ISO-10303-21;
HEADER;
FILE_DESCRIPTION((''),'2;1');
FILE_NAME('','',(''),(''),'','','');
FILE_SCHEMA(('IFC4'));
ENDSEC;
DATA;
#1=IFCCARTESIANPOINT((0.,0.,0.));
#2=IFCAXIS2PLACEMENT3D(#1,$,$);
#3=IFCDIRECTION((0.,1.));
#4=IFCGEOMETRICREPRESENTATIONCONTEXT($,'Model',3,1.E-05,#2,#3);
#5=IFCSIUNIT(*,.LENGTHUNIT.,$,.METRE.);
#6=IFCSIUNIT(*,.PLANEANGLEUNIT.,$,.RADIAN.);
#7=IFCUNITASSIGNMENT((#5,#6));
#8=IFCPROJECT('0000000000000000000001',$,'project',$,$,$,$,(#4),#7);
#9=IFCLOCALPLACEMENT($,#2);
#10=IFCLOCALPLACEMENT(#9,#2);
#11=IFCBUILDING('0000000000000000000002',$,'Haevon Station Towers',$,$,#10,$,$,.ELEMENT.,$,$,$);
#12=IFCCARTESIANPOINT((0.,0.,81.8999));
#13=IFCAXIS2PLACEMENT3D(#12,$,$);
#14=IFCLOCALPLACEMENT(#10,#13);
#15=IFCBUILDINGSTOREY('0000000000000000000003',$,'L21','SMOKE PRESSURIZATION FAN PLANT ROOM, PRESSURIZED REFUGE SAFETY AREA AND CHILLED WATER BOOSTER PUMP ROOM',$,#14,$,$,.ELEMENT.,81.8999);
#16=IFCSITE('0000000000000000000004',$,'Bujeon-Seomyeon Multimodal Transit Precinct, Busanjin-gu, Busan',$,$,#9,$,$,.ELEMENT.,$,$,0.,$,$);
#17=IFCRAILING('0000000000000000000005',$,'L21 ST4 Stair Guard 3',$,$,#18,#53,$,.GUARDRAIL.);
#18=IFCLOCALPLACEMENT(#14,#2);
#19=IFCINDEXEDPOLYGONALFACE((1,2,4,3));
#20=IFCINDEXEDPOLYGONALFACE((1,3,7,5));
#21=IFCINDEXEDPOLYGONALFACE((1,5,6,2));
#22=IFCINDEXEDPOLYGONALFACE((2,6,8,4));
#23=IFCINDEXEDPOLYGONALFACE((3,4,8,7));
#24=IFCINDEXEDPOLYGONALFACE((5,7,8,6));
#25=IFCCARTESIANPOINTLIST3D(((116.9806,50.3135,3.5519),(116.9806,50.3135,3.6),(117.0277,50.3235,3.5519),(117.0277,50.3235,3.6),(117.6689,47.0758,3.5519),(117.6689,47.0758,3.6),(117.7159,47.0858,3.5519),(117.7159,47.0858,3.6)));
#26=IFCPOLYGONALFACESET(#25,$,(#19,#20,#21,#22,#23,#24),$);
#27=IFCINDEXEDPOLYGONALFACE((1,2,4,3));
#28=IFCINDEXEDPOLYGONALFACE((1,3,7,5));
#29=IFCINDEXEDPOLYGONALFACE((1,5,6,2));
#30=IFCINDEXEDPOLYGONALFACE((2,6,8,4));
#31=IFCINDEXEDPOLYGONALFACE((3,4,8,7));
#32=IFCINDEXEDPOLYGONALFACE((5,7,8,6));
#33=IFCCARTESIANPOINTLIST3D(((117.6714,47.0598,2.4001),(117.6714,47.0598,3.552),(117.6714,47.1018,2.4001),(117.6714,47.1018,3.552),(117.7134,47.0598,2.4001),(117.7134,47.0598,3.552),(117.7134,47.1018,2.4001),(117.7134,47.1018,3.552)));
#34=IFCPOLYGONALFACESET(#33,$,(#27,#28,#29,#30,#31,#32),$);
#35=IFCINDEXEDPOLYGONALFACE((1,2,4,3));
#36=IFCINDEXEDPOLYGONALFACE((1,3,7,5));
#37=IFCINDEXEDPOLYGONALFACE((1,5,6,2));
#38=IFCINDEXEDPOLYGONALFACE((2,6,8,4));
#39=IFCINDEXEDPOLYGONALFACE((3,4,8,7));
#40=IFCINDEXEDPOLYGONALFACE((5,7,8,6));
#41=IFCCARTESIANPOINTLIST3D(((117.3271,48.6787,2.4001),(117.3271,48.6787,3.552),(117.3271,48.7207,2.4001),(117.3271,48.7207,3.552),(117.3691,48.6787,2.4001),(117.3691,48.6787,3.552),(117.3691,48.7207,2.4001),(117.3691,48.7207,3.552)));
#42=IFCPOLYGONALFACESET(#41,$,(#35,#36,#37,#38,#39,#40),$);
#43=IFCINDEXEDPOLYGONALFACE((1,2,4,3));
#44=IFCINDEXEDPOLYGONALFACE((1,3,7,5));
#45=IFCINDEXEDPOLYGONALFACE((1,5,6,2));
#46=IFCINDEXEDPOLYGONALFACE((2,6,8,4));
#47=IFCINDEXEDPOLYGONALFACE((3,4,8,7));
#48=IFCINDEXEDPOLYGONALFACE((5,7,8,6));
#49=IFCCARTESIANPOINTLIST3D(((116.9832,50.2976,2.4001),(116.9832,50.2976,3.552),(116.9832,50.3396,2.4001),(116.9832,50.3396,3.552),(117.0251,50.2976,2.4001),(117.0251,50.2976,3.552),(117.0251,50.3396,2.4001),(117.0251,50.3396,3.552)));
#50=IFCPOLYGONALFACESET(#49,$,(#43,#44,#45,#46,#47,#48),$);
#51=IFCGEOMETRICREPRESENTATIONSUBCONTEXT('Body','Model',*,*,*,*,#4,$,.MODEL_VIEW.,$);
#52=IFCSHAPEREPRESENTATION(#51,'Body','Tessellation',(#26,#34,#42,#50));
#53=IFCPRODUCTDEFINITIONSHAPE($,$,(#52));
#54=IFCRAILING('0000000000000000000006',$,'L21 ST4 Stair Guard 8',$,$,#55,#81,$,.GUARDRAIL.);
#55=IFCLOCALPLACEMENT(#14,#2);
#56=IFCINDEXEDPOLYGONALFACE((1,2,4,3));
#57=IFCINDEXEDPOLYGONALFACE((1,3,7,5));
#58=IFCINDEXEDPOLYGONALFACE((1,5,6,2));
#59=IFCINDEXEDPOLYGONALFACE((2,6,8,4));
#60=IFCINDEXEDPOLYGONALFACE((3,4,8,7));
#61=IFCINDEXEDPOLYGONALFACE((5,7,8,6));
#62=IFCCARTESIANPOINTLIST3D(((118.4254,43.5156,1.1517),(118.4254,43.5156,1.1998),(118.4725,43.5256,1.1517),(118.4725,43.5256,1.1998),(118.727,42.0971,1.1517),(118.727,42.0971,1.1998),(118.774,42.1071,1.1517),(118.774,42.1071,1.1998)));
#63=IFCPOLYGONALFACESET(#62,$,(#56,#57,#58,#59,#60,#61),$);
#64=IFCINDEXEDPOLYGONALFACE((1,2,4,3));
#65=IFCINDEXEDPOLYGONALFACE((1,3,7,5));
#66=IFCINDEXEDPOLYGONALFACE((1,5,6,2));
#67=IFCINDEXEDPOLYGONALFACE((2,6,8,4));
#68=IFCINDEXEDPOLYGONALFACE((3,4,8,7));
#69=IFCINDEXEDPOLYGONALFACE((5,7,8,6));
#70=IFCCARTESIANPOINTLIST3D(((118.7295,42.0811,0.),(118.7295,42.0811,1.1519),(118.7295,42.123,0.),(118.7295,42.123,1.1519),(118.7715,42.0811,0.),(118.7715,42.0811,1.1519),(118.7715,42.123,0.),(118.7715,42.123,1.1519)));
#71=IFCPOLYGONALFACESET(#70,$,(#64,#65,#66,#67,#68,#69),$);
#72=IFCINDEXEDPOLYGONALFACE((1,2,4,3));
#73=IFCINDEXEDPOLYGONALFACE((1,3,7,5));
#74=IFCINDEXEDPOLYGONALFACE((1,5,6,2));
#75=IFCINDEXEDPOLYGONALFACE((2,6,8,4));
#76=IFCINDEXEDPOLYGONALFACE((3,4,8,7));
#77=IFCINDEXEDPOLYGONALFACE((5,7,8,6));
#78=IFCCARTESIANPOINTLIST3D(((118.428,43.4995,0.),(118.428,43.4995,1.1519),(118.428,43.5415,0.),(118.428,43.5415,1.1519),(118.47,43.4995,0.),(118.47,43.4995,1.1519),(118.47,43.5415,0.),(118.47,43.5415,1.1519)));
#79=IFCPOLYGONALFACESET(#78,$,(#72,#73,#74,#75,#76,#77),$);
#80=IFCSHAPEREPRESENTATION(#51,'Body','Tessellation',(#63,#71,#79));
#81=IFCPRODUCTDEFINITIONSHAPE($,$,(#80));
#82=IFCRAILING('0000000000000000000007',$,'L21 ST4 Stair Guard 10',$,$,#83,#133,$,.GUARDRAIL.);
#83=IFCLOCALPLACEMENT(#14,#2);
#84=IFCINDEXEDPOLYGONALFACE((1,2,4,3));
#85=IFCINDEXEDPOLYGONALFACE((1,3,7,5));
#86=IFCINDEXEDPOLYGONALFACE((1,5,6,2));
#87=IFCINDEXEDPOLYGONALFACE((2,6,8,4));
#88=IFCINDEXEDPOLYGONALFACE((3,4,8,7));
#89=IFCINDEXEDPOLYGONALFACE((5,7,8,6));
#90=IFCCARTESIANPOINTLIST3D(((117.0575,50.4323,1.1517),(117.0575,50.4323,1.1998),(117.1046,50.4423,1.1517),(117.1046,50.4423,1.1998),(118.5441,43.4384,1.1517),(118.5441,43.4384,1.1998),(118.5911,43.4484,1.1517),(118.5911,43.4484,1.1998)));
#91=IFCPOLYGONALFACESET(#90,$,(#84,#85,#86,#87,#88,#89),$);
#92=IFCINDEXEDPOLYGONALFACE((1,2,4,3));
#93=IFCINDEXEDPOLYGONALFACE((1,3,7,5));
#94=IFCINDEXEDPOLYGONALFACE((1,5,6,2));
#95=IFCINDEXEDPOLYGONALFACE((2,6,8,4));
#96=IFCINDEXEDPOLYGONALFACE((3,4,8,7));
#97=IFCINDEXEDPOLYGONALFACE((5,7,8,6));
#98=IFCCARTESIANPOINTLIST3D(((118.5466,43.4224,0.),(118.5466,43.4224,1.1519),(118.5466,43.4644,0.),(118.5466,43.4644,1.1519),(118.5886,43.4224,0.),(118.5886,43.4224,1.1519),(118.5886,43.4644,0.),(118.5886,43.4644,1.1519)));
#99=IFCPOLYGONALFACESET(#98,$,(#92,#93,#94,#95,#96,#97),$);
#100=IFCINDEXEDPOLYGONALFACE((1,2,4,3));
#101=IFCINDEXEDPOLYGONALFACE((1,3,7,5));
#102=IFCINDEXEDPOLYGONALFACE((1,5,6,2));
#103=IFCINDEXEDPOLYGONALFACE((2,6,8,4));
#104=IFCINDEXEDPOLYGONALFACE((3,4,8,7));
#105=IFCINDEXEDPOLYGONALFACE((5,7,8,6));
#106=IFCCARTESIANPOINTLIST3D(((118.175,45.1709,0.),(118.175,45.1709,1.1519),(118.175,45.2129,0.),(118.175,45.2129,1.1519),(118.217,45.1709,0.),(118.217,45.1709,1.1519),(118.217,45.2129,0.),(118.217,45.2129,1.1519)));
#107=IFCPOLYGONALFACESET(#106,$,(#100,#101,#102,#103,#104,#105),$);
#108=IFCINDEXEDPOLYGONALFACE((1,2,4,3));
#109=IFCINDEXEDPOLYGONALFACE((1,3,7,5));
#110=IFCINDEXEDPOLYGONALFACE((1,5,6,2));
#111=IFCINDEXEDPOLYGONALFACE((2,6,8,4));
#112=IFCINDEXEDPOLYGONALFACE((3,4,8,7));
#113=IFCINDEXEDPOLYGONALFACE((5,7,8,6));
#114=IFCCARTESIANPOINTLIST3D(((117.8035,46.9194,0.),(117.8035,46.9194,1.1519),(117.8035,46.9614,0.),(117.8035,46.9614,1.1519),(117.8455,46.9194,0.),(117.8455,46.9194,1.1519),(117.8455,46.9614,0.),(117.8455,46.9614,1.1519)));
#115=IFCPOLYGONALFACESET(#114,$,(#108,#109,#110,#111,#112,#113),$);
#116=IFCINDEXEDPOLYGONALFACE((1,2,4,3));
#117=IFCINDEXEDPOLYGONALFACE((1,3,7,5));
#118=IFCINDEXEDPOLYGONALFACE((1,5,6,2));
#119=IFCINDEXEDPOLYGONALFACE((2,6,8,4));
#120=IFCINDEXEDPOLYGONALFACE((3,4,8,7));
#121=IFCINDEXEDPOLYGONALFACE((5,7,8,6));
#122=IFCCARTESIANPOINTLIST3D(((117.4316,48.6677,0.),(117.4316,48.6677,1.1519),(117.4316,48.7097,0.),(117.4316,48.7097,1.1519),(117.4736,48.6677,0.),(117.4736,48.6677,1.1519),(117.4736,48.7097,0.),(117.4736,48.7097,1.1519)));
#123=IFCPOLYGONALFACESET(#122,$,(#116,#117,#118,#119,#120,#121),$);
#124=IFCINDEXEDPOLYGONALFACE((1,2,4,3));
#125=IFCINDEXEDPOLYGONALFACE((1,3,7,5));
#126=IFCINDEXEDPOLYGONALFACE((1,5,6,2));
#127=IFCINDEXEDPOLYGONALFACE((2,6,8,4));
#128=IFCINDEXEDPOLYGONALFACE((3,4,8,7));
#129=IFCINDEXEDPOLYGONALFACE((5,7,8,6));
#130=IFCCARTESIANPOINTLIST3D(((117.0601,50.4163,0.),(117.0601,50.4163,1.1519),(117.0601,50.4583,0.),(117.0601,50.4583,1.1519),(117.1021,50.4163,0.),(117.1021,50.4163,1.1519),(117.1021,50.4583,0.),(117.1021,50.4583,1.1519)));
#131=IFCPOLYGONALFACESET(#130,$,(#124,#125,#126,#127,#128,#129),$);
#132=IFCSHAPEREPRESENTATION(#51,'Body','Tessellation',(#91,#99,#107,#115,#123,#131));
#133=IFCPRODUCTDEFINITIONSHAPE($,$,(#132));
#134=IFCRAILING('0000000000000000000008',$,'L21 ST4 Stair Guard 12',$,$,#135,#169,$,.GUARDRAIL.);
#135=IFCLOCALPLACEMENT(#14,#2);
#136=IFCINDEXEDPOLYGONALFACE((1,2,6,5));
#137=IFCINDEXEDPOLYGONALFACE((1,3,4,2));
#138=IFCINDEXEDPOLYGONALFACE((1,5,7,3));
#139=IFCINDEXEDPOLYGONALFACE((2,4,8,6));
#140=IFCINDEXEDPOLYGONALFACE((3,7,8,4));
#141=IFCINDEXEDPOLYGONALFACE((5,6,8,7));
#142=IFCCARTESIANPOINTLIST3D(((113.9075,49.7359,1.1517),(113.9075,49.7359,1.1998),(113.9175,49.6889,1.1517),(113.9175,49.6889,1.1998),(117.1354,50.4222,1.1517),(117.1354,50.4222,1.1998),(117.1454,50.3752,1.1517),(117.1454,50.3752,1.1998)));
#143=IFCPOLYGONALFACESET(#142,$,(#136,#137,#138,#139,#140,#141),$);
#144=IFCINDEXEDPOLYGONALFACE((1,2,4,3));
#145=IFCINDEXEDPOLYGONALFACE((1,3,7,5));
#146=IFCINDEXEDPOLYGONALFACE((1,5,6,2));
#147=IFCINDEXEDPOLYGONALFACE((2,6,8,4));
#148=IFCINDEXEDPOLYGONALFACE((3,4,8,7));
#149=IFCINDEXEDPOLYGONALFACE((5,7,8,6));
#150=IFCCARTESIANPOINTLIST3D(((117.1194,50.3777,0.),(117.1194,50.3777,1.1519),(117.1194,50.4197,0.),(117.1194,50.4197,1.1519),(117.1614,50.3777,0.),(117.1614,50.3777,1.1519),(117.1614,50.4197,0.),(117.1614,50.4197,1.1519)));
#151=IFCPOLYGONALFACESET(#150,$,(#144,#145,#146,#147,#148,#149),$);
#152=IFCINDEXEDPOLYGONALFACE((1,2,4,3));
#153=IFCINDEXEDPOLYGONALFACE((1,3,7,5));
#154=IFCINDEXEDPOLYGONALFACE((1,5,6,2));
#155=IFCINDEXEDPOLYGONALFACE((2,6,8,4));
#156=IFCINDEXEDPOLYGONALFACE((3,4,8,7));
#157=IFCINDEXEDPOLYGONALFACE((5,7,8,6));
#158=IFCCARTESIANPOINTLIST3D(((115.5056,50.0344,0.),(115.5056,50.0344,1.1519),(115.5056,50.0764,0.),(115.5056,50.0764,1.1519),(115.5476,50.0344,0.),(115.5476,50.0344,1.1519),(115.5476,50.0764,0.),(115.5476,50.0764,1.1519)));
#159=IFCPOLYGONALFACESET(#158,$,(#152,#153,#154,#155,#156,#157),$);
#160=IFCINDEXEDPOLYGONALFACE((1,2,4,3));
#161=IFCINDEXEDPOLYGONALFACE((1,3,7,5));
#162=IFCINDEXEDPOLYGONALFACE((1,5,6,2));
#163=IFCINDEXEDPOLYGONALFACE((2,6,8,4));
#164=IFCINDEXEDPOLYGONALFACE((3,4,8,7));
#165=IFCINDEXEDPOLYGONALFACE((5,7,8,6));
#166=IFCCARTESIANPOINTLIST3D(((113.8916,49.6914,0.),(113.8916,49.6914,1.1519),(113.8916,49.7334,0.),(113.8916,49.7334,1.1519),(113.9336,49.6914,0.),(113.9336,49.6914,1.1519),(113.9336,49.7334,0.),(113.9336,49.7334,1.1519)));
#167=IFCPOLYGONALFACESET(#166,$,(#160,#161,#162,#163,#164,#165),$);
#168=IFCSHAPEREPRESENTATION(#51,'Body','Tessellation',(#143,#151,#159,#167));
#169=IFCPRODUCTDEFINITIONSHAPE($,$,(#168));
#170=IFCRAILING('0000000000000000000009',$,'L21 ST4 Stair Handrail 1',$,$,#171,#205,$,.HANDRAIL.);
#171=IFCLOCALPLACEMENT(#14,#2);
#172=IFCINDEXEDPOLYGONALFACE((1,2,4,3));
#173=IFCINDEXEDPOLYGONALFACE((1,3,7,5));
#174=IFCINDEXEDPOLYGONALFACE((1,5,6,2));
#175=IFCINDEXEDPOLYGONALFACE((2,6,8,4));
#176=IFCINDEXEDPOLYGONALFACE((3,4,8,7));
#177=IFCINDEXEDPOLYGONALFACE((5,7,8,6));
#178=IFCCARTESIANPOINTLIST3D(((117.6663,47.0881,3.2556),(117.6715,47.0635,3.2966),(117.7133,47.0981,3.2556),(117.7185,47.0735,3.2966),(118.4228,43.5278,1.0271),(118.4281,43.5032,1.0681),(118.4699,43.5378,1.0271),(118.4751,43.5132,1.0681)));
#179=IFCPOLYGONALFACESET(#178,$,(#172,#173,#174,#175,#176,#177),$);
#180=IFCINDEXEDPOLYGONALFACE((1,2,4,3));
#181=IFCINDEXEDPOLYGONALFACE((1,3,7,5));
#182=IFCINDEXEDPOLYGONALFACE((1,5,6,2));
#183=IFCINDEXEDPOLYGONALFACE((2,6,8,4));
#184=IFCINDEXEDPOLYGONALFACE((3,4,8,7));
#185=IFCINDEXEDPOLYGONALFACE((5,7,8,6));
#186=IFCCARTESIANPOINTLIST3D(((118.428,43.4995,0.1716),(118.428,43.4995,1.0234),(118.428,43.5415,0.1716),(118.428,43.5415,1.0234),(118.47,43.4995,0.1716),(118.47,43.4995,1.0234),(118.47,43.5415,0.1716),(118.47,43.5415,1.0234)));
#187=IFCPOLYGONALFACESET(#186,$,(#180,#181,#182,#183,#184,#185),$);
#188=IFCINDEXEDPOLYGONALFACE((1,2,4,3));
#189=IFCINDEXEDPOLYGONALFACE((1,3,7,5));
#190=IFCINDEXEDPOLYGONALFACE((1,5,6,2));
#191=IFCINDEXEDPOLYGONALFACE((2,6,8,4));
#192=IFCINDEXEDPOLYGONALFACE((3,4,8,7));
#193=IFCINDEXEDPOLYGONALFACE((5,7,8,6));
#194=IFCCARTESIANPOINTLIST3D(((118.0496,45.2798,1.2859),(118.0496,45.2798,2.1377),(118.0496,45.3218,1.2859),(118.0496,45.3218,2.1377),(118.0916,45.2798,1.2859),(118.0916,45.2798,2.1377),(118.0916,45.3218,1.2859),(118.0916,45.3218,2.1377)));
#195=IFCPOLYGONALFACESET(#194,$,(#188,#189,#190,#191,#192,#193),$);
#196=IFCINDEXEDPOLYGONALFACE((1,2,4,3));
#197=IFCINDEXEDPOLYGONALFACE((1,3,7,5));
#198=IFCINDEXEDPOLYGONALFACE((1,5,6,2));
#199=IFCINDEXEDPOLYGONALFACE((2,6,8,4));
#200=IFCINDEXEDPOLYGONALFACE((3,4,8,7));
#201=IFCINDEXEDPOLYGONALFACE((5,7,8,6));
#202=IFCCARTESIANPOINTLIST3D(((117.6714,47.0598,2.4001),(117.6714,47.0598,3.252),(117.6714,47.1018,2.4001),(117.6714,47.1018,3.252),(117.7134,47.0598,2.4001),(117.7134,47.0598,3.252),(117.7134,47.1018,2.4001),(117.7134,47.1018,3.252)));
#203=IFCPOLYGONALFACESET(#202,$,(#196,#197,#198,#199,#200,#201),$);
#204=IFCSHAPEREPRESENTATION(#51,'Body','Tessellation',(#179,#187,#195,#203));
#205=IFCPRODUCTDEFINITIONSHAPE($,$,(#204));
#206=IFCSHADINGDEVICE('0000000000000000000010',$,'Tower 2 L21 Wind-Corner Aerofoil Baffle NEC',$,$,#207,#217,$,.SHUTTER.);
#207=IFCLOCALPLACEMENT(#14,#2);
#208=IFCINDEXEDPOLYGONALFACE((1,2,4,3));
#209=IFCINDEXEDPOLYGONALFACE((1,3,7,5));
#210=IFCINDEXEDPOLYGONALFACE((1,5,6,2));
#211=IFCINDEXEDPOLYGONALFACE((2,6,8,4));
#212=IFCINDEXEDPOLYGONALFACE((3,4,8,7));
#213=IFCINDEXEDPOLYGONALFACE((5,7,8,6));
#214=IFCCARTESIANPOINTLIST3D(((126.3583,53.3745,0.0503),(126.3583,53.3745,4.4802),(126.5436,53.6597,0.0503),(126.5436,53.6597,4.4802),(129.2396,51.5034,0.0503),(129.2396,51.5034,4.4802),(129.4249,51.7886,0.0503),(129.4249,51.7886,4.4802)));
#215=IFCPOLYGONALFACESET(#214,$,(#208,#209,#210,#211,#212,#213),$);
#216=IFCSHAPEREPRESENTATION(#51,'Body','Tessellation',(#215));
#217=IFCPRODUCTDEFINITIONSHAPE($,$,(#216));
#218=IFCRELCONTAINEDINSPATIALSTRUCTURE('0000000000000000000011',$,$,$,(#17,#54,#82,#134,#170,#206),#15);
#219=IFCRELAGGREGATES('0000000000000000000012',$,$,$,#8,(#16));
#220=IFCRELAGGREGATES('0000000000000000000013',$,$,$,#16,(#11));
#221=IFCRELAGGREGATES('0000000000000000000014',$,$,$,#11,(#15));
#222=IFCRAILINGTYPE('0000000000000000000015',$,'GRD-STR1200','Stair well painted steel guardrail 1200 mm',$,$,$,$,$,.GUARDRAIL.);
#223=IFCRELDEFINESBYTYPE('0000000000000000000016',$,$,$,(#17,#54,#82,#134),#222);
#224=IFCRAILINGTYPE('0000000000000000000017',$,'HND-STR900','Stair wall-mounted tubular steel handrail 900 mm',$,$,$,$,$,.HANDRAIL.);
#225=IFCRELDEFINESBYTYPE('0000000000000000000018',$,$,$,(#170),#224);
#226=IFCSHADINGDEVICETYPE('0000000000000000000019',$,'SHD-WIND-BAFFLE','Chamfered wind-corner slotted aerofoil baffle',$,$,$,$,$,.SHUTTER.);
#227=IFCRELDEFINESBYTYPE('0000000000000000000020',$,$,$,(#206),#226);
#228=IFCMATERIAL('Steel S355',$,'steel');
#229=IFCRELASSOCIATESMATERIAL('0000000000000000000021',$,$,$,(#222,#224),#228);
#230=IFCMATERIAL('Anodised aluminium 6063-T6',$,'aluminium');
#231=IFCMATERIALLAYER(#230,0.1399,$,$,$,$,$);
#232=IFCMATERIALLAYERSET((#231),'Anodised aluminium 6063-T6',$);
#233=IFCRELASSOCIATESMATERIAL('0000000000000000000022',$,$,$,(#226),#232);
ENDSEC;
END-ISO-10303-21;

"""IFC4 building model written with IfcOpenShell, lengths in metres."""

from ifc_helpers import new_model, si_unit, direction, frame, origin, origin_2d, place, context, subcontext, project, spatial, rectangle, extrude, material, layer, layer_set, type_object, element, save


model = new_model("IFC4")

# Units and contexts
model_context = context("Model", 3, precision=1e-05, world=origin(), true_north=direction((0.0, 1.0)))
body_context = subcontext(model_context, "Body", "Model", "MODEL_VIEW")
ifc_project = project(units=[si_unit("LENGTHUNIT", "METRE"), si_unit("PLANEANGLEUNIT", "RADIAN")], contexts=[model_context])

# Site, building, storey
site_placement = place(None, origin())
site = spatial("IfcSite", under=ifc_project, at=site_placement, Name="Bujeon-Seomyeon Multimodal Transit Precinct, Busanjin-gu, Busan", CompositionType="ELEMENT", RefElevation=0.0)
building_placement = place(site_placement, origin())
building = spatial("IfcBuilding", under=site, at=building_placement, Name="Haevon Station Towers", CompositionType="ELEMENT")
storey_placement = place(building_placement, frame((0.0, 0.0, 81.8999)))
storey = spatial("IfcBuildingStorey", under=building, at=storey_placement, Name="L21", Description="SMOKE PRESSURIZATION FAN PLANT ROOM, PRESSURIZED REFUGE SAFETY AREA AND CHILLED WATER BOOSTER PUMP ROOM", CompositionType="ELEMENT", Elevation=81.8999)

# Shared definitions
ifc_material_1 = material(Name="Steel S355", Category="steel")

# Railings
railing_type_1 = type_object("IfcRailingType", Name="GRD-STR1200", Description="Stair well painted steel guardrail 1200 mm", PredefinedType="GUARDRAIL", material=ifc_material_1)
railing_1_placement = place(storey_placement, frame((117.6924, 47.0808, 2.4001)))
element("IfcRailing", 1, at=railing_1_placement, inside=storey, type_object=railing_type_1, Name="L21 ST4 Stair Guard 3", PredefinedType="GUARDRAIL", context=body_context, shape_type="SweptSolid", body=[
    extrude(rectangle(XDim=0.0481, YDim=0.0481, at=origin_2d()), frame((0.0, 0.0, 1.1758), z_axis=(-0.207917, 0.978146, 0.0), x_axis=(-0.978146, -0.207917, 0.0)), (0.0, 0.0, 1.0), 3.3101),
    extrude(rectangle(XDim=0.042, YDim=0.042, at=origin_2d()), origin(), (0.0, 0.0, 1.0), 1.1519),
    extrude(rectangle(XDim=0.042, YDim=0.042, at=origin_2d()), frame((-0.3442, 1.6189, 0.0)), (0.0, 0.0, 1.0), 1.1519),
    extrude(rectangle(XDim=0.042, YDim=0.042, at=origin_2d()), frame((-0.6882, 3.2378, 0.0)), (0.0, 0.0, 1.0), 1.1519),
])
railing_2_placement = place(storey_placement, frame((118.7505, 42.1021, 0.0)))
element("IfcRailing", 2, at=railing_2_placement, inside=storey, type_object=railing_type_1, Name="L21 ST4 Stair Guard 8", PredefinedType="GUARDRAIL", context=body_context, shape_type="SweptSolid", body=[
    extrude(rectangle(XDim=0.0481, YDim=0.0481, at=origin_2d()), frame((0.0, 0.0, 1.1758), z_axis=(-0.207919, 0.978146, 0.0), x_axis=(-0.978146, -0.207919, 0.0)), (0.0, 0.0, 1.0), 1.4502),
    extrude(rectangle(XDim=0.042, YDim=0.042, at=origin_2d()), origin(), (0.0, 0.0, 1.0), 1.1519),
    extrude(rectangle(XDim=0.042, YDim=0.042, at=origin_2d()), frame((-0.3015, 1.4185, 0.0)), (0.0, 0.0, 1.0), 1.1519),
])
railing_3_placement = place(storey_placement, frame((118.5676, 43.4434, 0.0)))
element("IfcRailing", 3, at=railing_3_placement, inside=storey, type_object=railing_type_1, Name="L21 ST4 Stair Guard 10", PredefinedType="GUARDRAIL", context=body_context, shape_type="SweptSolid", body=[
    extrude(rectangle(XDim=0.0481, YDim=0.0481, at=origin_2d()), frame((0.0, 0.0, 1.1758), z_axis=(-0.207908, 0.978148, 0.0), x_axis=(-0.978148, -0.207908, 0.0)), (0.0, 0.0, 1.0), 7.1501),
    extrude(rectangle(XDim=0.042, YDim=0.042, at=origin_2d()), origin(), (0.0, 0.0, 1.0), 1.1519),
    extrude(rectangle(XDim=0.042, YDim=0.042, at=origin_2d()), frame((-0.3716, 1.7485, 0.0)), (0.0, 0.0, 1.0), 1.1519),
    extrude(rectangle(XDim=0.042, YDim=0.042, at=origin_2d()), frame((-0.7432, 3.4971, 0.0)), (0.0, 0.0, 1.0), 1.1519),
    extrude(rectangle(XDim=0.042, YDim=0.042, at=origin_2d()), frame((-1.115, 5.2454, 0.0)), (0.0, 0.0, 1.0), 1.1519),
    extrude(rectangle(XDim=0.042, YDim=0.042, at=origin_2d()), frame((-1.4866, 6.9939, 0.0)), (0.0, 0.0, 1.0), 1.1519),
])
railing_4_placement = place(storey_placement, frame((117.1404, 50.3987, 0.0)))
element("IfcRailing", 4, at=railing_4_placement, inside=storey, type_object=railing_type_1, Name="L21 ST4 Stair Guard 12", PredefinedType="GUARDRAIL", context=body_context, shape_type="SweptSolid", body=[
    extrude(rectangle(XDim=0.0481, YDim=0.0481, at=origin_2d()), frame((0.0, 0.0, 1.1758), z_axis=(-0.978136, -0.207968, 0.0), x_axis=(0.207968, -0.978136, 0.0)), (0.0, 0.0, 1.0), 3.3),
    extrude(rectangle(XDim=0.042, YDim=0.042, at=origin_2d()), origin(), (0.0, 0.0, 1.0), 1.1519),
    extrude(rectangle(XDim=0.042, YDim=0.042, at=origin_2d()), frame((-1.6138, -0.3433, 0.0)), (0.0, 0.0, 1.0), 1.1519),
    extrude(rectangle(XDim=0.042, YDim=0.042, at=origin_2d()), frame((-3.2278, -0.6863, 0.0)), (0.0, 0.0, 1.0), 1.1519),
])
railing_type_2 = type_object("IfcRailingType", Name="HND-STR900", Description="Stair wall-mounted tubular steel handrail 900 mm", PredefinedType="HANDRAIL", material=ifc_material_1)
railing_5_placement = place(storey_placement, frame((118.449, 43.5205, 0.1716)))
element("IfcRailing", 5, at=railing_5_placement, inside=storey, type_object=railing_type_2, Name="L21 ST4 Stair Handrail 1", PredefinedType="HANDRAIL", context=body_context, shape_type="SweptSolid", body=[
    extrude(rectangle(XDim=0.0481, YDim=0.0481, at=origin_2d()), frame((0.0, 0.0, 0.876), z_axis=(-0.177277, 0.834216, 0.522165), x_axis=(-0.978157, -0.207866, 0.0)), (0.0, 0.0, 1.0), 4.2678),
    extrude(rectangle(XDim=0.042, YDim=0.042, at=origin_2d()), origin(), (0.0, 0.0, 1.0), 0.8518),
    extrude(rectangle(XDim=0.042, YDim=0.042, at=origin_2d()), frame((-0.3784, 1.7803, 1.1143)), (0.0, 0.0, 1.0), 0.8518),
    extrude(rectangle(XDim=0.042, YDim=0.042, at=origin_2d()), frame((-0.7566, 3.5603, 2.2285)), (0.0, 0.0, 1.0), 0.8518),
])

# Shading device
ifc_material_2 = material(Name="Anodised aluminium 6063-T6", Category="aluminium")
ifc_layer_1 = layer(ifc_material_2, 0.1399)
ifc_layer_set_1 = layer_set([ifc_layer_1], Name="Anodised aluminium 6063-T6")
shading_device_type = type_object("IfcShadingDeviceType", Name="SHD-WIND-BAFFLE", Description="Chamfered wind-corner slotted aerofoil baffle", PredefinedType="SHUTTER", material=ifc_layer_set_1)
shading_device_placement = place(storey_placement, frame((127.8916, 52.5815, 0.0503), z_axis=(0.0, 0.0, 1.0), x_axis=(0.838671, -0.544639, 0.0)))
element("IfcShadingDevice", 6, at=shading_device_placement, inside=storey, type_object=shading_device_type, Name="Tower 2 L21 Wind-Corner Aerofoil Baffle NEC", PredefinedType="SHUTTER", context=body_context, shape_type="SweptSolid", body=[
    extrude(rectangle(XDim=3.4355, YDim=0.3401, at=origin_2d()), origin(), (0.0, 0.0, 1.0), 4.4299),
])

save(model, "model.ifc")
